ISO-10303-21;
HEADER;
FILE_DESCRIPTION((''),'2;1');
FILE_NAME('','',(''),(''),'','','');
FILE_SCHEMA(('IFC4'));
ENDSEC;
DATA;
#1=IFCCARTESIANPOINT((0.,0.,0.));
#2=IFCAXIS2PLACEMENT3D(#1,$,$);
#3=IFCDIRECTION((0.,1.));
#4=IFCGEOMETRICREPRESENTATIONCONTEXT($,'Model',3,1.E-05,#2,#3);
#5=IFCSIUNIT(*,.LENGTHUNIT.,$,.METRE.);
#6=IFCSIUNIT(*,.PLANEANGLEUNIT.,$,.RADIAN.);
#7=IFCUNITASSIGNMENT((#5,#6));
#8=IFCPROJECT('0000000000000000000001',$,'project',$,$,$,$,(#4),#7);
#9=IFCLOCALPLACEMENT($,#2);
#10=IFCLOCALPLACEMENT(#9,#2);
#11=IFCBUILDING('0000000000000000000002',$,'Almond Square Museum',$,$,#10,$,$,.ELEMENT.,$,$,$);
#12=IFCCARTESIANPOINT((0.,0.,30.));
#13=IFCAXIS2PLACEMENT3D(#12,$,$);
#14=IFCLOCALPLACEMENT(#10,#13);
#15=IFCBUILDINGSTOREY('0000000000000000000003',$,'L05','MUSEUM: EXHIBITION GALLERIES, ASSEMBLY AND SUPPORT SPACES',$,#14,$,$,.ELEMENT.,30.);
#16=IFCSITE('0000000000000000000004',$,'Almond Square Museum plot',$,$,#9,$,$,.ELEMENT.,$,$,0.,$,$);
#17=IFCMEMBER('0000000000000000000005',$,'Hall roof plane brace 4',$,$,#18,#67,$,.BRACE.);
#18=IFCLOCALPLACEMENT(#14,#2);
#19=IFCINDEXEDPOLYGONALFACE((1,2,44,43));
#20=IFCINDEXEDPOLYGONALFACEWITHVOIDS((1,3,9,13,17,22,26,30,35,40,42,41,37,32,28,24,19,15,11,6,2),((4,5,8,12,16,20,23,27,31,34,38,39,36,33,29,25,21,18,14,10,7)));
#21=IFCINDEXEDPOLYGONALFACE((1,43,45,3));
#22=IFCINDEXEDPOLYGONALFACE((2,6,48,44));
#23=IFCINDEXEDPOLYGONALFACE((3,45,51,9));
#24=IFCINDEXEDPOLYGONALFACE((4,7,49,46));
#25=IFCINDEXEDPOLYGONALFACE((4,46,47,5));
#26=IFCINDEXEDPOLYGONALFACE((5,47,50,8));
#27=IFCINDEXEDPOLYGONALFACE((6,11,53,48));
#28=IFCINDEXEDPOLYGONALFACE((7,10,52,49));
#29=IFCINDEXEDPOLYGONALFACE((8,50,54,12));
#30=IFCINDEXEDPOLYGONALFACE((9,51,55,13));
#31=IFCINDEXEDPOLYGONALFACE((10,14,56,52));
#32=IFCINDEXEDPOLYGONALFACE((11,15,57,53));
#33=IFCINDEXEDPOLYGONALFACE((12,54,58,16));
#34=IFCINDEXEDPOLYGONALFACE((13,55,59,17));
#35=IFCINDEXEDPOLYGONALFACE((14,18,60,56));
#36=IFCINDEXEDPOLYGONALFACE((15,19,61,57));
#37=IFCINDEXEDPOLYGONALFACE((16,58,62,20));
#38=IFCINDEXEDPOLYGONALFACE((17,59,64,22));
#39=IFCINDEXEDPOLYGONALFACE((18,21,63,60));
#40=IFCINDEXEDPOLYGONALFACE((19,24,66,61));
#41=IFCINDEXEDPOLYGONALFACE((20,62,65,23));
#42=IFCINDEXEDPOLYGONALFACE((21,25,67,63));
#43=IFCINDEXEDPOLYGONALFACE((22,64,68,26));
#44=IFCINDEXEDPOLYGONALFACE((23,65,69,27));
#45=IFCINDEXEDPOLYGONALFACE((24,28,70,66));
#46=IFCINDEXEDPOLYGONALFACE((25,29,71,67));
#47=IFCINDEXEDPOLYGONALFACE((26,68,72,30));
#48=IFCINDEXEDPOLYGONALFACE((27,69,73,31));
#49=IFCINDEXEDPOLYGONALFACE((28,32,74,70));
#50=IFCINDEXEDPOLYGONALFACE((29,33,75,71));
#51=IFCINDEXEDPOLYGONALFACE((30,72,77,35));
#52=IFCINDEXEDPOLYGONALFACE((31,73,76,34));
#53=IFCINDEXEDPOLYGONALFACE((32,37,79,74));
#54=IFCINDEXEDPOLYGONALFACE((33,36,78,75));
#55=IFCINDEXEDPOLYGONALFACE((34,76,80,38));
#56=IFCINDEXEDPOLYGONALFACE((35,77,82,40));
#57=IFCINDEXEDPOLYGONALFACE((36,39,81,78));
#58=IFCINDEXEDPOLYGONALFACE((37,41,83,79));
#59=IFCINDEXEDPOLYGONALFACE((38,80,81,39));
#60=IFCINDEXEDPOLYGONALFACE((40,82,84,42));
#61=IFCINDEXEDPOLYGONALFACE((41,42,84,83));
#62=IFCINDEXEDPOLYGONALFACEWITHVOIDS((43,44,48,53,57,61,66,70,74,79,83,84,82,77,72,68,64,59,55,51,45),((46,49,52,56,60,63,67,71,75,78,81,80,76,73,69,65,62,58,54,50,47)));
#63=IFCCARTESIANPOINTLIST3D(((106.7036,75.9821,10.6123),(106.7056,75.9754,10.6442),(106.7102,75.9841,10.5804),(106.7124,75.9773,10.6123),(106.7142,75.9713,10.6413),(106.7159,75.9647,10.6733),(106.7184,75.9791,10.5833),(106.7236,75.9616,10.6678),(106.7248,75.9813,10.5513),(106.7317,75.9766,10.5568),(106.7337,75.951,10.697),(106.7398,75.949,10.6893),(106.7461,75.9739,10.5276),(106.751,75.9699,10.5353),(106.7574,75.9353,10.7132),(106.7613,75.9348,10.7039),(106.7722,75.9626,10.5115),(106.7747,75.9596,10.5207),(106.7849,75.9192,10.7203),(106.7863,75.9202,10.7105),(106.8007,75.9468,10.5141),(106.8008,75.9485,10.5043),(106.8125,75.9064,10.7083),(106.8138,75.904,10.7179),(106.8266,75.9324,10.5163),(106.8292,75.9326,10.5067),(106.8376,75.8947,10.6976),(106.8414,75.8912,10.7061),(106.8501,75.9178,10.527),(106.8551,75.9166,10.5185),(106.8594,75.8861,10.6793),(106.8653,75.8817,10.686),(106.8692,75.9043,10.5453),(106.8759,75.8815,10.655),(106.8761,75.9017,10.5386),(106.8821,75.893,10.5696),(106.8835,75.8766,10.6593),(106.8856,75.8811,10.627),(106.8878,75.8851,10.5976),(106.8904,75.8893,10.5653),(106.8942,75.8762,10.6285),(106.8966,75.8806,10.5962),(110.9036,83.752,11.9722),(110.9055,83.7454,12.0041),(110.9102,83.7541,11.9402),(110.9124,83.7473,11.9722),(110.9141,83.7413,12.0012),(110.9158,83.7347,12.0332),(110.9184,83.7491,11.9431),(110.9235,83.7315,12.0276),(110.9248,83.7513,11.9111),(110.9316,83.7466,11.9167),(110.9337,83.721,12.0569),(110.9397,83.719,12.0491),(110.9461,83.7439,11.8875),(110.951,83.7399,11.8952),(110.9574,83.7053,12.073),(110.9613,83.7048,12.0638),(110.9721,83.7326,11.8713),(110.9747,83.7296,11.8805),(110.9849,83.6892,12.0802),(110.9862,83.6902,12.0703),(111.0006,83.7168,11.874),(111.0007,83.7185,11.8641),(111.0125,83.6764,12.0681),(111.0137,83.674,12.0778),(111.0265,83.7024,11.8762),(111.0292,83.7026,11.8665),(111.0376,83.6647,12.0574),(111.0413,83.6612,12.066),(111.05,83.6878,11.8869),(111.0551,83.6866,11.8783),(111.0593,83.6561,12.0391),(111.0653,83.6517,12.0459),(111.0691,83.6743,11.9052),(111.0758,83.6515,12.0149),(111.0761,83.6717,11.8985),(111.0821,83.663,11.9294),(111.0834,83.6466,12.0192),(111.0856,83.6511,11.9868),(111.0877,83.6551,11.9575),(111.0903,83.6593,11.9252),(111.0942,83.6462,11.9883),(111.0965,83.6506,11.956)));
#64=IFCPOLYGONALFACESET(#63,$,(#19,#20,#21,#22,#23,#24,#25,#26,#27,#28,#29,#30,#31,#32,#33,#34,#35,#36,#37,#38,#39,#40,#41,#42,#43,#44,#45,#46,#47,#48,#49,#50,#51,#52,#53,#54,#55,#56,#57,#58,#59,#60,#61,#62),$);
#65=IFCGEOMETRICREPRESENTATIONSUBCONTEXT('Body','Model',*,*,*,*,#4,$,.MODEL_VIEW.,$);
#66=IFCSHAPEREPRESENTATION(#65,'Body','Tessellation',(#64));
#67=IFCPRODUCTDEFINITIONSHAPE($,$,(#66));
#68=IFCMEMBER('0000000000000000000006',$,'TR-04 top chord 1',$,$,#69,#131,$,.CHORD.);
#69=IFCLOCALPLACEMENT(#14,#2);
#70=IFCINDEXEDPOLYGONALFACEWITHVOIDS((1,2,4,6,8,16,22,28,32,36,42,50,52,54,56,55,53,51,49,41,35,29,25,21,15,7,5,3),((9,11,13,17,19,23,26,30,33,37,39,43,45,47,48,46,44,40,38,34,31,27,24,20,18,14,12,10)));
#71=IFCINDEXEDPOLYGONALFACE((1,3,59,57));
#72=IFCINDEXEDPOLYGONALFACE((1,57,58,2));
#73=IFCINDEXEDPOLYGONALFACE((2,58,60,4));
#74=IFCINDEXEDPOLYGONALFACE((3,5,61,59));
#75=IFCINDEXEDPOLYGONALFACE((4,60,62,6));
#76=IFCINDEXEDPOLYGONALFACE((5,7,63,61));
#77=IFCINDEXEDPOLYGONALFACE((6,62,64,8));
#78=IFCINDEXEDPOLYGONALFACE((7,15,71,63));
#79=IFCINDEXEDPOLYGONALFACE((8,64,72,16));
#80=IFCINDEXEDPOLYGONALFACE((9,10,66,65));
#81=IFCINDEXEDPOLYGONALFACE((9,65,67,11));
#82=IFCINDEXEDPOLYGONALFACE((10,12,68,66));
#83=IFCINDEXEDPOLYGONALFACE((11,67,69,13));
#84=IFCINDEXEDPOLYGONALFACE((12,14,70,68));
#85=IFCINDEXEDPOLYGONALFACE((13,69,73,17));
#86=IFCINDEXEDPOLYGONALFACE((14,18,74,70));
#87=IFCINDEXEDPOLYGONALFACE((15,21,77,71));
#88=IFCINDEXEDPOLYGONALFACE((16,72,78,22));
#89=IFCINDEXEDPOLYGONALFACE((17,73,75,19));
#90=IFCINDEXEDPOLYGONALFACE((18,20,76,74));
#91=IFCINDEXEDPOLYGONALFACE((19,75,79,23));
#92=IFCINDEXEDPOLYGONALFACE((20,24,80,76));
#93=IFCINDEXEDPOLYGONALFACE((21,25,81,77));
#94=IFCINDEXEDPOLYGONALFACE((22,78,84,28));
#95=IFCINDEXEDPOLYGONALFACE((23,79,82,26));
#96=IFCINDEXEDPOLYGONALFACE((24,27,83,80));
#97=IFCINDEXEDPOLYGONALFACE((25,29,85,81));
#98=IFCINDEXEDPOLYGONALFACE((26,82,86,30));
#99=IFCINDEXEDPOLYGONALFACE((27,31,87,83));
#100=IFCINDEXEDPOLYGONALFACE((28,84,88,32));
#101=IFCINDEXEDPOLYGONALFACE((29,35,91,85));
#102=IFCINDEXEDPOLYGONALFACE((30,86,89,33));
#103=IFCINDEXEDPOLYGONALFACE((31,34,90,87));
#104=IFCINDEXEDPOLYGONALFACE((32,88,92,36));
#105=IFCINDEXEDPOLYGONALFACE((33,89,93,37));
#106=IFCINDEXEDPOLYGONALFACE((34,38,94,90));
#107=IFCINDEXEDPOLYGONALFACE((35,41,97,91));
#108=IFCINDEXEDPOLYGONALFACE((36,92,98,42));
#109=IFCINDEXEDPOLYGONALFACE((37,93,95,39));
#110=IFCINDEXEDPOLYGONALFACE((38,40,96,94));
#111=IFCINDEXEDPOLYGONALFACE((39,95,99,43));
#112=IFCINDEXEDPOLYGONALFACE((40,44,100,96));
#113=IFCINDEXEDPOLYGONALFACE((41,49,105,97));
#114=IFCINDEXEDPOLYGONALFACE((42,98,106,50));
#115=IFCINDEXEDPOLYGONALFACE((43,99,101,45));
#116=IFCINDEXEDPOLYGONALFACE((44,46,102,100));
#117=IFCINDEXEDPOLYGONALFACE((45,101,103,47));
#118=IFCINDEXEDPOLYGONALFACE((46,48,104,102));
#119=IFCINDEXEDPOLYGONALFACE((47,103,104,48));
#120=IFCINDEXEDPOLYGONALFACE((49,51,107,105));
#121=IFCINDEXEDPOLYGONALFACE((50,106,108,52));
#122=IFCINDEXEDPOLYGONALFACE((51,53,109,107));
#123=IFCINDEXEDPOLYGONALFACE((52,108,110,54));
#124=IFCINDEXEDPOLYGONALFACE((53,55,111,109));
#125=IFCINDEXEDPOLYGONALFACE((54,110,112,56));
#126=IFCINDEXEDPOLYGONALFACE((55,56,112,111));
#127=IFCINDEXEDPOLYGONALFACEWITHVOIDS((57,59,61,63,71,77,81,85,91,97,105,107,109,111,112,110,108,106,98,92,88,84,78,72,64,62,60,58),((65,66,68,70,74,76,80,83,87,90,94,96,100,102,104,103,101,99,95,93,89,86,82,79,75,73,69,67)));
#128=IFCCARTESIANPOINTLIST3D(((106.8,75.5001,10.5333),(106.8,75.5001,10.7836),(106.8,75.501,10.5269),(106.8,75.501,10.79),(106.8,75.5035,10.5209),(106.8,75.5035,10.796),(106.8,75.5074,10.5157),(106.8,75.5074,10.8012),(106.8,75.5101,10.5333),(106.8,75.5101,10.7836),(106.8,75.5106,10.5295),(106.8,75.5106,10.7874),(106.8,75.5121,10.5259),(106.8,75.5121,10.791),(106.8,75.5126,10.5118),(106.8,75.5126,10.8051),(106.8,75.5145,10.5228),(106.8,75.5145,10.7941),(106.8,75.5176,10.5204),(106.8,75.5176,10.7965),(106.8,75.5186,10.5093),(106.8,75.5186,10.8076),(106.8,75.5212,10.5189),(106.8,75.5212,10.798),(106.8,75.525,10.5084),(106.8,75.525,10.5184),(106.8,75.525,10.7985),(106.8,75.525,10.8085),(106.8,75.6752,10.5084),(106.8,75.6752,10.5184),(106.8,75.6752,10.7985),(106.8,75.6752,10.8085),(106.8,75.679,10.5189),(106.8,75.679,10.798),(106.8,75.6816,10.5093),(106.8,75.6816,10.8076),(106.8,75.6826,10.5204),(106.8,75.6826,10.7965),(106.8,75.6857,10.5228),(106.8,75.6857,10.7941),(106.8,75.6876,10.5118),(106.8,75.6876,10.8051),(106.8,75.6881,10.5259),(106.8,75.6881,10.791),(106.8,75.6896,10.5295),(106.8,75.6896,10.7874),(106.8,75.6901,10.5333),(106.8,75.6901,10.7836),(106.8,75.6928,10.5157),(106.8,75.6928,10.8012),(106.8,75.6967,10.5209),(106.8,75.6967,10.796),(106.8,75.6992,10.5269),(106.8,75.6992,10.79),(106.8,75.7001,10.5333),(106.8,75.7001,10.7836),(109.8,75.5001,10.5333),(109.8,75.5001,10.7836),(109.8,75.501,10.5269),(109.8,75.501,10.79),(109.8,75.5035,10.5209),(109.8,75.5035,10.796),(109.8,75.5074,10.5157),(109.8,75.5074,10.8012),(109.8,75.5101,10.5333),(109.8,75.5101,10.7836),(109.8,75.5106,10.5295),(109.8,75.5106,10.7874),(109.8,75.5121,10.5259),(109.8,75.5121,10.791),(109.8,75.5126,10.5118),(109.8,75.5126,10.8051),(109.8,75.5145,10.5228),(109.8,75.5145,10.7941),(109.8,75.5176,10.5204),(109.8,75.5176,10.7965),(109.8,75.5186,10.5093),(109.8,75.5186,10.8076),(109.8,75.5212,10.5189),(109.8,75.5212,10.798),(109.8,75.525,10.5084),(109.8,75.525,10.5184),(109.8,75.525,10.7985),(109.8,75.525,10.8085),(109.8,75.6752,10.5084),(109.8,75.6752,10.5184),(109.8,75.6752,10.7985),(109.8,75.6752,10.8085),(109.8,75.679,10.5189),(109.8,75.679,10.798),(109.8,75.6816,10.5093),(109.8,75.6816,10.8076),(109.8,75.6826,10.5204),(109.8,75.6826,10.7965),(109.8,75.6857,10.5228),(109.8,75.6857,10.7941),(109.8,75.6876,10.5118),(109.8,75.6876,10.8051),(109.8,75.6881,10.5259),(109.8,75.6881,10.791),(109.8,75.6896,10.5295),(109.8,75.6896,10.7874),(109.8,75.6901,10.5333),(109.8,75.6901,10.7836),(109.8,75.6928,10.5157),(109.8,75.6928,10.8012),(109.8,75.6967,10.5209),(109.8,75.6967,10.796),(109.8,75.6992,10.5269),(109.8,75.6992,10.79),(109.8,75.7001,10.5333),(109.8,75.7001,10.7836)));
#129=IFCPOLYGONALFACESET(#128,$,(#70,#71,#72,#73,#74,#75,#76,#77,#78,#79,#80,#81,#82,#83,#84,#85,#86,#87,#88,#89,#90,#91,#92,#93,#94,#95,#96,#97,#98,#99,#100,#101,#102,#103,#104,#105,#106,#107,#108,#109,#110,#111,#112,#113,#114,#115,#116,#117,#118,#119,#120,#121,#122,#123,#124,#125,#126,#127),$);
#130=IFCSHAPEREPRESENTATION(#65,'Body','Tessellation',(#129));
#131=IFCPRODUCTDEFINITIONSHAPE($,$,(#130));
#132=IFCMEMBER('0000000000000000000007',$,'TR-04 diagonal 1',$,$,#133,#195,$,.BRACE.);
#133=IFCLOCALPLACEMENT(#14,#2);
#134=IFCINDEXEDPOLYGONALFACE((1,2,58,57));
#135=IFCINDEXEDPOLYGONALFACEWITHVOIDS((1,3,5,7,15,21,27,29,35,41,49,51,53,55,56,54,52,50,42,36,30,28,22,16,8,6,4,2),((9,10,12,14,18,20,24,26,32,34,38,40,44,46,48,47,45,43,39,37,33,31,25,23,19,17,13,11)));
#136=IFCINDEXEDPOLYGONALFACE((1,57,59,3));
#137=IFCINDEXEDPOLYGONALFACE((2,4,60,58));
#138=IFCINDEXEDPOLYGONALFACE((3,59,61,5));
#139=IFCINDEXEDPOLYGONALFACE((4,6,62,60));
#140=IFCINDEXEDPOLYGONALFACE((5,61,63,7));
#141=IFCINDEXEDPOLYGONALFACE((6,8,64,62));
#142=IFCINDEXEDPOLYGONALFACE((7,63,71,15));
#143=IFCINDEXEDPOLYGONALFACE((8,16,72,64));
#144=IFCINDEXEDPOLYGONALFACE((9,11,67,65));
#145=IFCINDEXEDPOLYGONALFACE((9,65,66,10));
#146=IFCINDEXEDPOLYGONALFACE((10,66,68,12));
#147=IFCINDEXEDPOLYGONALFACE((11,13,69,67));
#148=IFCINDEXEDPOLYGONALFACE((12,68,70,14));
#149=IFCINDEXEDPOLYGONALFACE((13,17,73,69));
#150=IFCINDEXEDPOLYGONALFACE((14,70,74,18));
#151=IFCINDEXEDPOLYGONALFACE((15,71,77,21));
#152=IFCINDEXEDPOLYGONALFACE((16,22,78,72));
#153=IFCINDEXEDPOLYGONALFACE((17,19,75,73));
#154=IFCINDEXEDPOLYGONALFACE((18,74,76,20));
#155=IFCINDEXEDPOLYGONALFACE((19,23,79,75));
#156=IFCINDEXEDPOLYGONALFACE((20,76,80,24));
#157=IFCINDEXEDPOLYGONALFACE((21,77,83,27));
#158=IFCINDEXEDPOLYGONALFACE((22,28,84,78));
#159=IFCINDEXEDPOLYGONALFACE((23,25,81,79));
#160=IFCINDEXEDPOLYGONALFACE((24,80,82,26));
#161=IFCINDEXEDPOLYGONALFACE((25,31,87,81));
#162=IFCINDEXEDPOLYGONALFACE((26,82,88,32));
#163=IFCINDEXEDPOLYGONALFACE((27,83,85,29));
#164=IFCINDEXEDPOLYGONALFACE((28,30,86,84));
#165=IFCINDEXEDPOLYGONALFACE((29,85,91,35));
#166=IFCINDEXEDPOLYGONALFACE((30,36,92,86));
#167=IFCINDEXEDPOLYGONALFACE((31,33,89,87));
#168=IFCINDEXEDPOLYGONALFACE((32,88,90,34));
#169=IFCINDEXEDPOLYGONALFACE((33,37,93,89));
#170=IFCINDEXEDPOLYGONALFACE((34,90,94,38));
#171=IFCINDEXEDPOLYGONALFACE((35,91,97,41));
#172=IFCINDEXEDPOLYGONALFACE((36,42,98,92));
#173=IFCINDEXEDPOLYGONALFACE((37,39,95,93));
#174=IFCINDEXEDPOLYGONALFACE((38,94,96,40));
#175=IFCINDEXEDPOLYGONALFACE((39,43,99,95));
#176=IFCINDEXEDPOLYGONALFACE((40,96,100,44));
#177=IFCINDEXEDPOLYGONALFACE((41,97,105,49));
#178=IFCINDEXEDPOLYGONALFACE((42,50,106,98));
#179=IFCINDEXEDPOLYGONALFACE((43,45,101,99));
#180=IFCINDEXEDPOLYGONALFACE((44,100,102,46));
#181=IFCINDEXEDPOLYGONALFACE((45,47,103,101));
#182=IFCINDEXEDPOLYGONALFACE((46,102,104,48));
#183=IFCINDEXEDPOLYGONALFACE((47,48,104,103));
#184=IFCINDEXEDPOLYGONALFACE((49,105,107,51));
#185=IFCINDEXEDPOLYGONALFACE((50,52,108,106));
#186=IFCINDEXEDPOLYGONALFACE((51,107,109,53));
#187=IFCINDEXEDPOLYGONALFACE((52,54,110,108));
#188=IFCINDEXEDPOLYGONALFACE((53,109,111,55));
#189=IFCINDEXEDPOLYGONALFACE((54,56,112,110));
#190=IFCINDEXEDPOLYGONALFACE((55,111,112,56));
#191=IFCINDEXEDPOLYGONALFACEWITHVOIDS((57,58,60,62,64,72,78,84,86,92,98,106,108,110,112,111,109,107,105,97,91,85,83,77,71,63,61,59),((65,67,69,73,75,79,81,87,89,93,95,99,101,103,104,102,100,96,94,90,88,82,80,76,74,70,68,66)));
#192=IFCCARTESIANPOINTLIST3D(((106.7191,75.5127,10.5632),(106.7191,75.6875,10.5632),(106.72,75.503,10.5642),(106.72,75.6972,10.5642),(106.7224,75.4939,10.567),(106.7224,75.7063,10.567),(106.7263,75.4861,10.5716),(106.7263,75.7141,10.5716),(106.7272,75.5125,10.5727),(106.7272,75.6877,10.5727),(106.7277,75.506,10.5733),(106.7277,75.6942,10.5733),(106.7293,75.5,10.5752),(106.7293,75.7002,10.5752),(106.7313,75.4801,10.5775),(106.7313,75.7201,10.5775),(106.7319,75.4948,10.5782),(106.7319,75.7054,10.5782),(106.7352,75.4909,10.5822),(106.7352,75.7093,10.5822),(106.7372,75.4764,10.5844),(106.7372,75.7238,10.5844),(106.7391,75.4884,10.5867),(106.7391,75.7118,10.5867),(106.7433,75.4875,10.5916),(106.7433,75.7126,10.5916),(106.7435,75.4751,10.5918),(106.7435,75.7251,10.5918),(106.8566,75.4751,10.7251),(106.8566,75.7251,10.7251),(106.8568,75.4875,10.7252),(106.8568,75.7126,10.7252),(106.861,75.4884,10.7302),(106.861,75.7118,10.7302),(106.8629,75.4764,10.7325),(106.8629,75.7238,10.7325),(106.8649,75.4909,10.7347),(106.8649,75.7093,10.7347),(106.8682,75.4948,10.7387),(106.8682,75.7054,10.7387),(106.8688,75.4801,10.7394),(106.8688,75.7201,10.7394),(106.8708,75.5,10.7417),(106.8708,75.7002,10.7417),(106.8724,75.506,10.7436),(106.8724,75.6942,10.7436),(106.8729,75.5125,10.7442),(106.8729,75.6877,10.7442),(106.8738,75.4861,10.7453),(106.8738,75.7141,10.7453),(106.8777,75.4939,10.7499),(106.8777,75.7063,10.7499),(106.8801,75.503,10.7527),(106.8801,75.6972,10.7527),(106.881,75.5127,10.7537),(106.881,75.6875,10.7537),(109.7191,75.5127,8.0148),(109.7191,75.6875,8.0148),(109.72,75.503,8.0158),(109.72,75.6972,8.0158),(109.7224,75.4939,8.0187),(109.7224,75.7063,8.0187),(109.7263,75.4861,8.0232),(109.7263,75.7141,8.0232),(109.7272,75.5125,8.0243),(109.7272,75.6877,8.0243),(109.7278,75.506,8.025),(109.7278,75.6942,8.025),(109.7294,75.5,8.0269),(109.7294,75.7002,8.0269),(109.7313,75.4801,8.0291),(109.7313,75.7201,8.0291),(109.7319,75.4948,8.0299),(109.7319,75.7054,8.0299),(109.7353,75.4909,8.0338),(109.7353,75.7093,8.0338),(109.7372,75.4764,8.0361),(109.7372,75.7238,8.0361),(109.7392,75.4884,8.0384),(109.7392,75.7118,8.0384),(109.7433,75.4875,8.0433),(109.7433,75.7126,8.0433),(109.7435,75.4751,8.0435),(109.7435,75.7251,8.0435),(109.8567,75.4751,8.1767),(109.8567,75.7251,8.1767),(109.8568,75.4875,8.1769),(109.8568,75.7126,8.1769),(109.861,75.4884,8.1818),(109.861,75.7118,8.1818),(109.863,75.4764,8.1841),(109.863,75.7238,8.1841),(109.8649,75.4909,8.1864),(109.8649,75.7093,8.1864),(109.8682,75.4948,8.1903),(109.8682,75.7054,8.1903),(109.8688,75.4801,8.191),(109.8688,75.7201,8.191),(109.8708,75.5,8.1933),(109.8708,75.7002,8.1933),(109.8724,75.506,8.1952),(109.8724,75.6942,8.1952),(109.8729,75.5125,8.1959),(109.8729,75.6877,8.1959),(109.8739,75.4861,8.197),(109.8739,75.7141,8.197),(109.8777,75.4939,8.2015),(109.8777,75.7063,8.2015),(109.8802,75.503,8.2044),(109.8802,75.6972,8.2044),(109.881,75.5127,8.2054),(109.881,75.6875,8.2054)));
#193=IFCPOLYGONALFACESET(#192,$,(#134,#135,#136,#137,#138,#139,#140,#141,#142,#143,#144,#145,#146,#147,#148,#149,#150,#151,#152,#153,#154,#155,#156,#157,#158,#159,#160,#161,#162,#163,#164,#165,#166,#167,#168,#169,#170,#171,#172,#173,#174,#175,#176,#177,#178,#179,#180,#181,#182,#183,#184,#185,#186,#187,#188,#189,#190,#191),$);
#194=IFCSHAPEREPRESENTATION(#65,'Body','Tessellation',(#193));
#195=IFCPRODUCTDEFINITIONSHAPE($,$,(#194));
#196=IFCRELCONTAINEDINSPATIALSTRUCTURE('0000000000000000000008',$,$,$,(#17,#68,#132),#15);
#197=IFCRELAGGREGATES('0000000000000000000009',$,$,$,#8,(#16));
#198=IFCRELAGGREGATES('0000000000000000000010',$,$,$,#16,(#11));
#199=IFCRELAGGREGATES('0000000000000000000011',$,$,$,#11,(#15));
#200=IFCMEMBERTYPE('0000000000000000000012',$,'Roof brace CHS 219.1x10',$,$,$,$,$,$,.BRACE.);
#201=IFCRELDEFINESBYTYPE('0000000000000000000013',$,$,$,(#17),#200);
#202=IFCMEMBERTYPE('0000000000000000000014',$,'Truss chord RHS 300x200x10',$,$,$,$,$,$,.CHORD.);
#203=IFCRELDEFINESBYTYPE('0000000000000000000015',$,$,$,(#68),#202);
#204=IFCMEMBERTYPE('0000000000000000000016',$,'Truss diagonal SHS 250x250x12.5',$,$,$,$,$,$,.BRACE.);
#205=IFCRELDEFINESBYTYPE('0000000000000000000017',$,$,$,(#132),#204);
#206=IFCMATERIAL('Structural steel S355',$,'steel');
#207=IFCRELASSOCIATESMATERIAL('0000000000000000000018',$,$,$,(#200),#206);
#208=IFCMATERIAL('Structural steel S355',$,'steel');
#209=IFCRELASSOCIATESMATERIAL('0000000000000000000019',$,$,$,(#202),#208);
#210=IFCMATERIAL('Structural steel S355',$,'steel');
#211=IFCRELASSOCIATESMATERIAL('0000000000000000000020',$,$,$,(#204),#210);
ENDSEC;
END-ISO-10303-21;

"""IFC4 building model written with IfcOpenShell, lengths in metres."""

from ifc_helpers import new_model, si_unit, direction, frame, origin, origin_2d, place, context, subcontext, project, spatial, hollow_rectangle, hollow_circle, extrude, material, material_profile, profile_set, type_object, element, save


model = new_model("IFC4")

# Units and contexts
model_context = context("Model", 3, precision=1e-05, world=origin(), true_north=direction((0.0, 1.0)))
body_context = subcontext(model_context, "Body", "Model", "MODEL_VIEW")
ifc_project = project(units=[si_unit("LENGTHUNIT", "METRE"), si_unit("PLANEANGLEUNIT", "RADIAN")], contexts=[model_context])

# Site, building, storey
site_placement = place(None, origin())
site = spatial("IfcSite", under=ifc_project, at=site_placement, Name="Almond Square Museum plot", CompositionType="ELEMENT", RefElevation=0.0)
building_placement = place(site_placement, origin())
building = spatial("IfcBuilding", under=site, at=building_placement, Name="Almond Square Museum", CompositionType="ELEMENT")
storey_placement = place(building_placement, frame((0.0, 0.0, 30.0)))
storey = spatial("IfcBuildingStorey", under=building, at=storey_placement, Name="L05", Description="MUSEUM: EXHIBITION GALLERIES, ASSEMBLY AND SUPPORT SPACES", CompositionType="ELEMENT", Elevation=30.0)

# Members
ifc_material_1 = material(Name="Structural steel S355", Category="steel")
ifc_material_profile_1 = material_profile(ifc_material_1, hollow_circle(Radius=0.1096, WallThickness=0.01, at=origin_2d()))
ifc_profile_set_1 = profile_set([ifc_material_profile_1], Name="Structural steel S355")
member_type_1 = type_object("IfcMemberType", Name="Roof brace CHS 219.1x10", PredefinedType="BRACE", material=ifc_profile_set_1)
member_1_placement = place(storey_placement, frame((106.8, 75.9299, 10.6123), z_axis=(0.469974, 0.869465, 0.152169), x_axis=(-0.879709, 0.475512, 0.0)))
element("IfcMember", 1, at=member_1_placement, inside=storey, type_object=member_type_1, Name="Hall roof plane brace 4", PredefinedType="BRACE", context=body_context, shape_type="SweptSolid", body=[
    extrude(hollow_circle(Radius=0.1096, WallThickness=0.01, at=origin_2d()), origin(), (0.0, 0.0, 1.0), 8.9365),
])
ifc_material_2 = material(Name="Structural steel S355", Category="steel")
ifc_material_profile_2 = material_profile(ifc_material_2, hollow_rectangle(XDim=0.2, YDim=0.3, WallThickness=0.01, InnerFilletRadius=0.0149, OuterFilletRadius=0.0249, at=origin_2d()))
ifc_profile_set_2 = profile_set([ifc_material_profile_2], Name="Structural steel S355")
member_type_2 = type_object("IfcMemberType", Name="Truss chord RHS 300x200x10", PredefinedType="CHORD", material=ifc_profile_set_2)
member_2_placement = place(storey_placement, frame((106.8, 75.6001, 10.6584), z_axis=(1.0, 0.0, 0.0), x_axis=(0.0, 1.0, 0.0)))
element("IfcMember", 2, at=member_2_placement, inside=storey, type_object=member_type_2, Name="TR-04 top chord 1", PredefinedType="CHORD", context=body_context, shape_type="SweptSolid", body=[
    extrude(hollow_rectangle(XDim=0.2, YDim=0.3, WallThickness=0.01, InnerFilletRadius=0.0149, OuterFilletRadius=0.0249, at=origin_2d()), origin(), (0.0, 0.0, 1.0), 3.0),
])
ifc_material_3 = material(Name="Structural steel S355", Category="steel")
ifc_material_profile_3 = material_profile(ifc_material_3, hollow_rectangle(XDim=0.25, YDim=0.25, WallThickness=0.0125, InnerFilletRadius=0.0249, OuterFilletRadius=0.0376, at=origin_2d()))
ifc_profile_set_3 = profile_set([ifc_material_profile_3], Name="Structural steel S355")
member_type_3 = type_object("IfcMemberType", Name="Truss diagonal SHS 250x250x12.5", PredefinedType="BRACE", material=ifc_profile_set_3)
member_3_placement = place(storey_placement, frame((106.8, 75.6001, 10.6584), z_axis=(0.762147, 0.0, -0.647404), x_axis=(0.0, 1.0, 0.0)))
element("IfcMember", 3, at=member_3_placement, inside=storey, type_object=member_type_3, Name="TR-04 diagonal 1", PredefinedType="BRACE", context=body_context, shape_type="SweptSolid", body=[
    extrude(hollow_rectangle(XDim=0.25, YDim=0.25, WallThickness=0.0125, InnerFilletRadius=0.0249, OuterFilletRadius=0.0376, at=origin_2d()), origin(), (0.0, 0.0, 1.0), 3.9363),
])

save(model, "model.ifc")
